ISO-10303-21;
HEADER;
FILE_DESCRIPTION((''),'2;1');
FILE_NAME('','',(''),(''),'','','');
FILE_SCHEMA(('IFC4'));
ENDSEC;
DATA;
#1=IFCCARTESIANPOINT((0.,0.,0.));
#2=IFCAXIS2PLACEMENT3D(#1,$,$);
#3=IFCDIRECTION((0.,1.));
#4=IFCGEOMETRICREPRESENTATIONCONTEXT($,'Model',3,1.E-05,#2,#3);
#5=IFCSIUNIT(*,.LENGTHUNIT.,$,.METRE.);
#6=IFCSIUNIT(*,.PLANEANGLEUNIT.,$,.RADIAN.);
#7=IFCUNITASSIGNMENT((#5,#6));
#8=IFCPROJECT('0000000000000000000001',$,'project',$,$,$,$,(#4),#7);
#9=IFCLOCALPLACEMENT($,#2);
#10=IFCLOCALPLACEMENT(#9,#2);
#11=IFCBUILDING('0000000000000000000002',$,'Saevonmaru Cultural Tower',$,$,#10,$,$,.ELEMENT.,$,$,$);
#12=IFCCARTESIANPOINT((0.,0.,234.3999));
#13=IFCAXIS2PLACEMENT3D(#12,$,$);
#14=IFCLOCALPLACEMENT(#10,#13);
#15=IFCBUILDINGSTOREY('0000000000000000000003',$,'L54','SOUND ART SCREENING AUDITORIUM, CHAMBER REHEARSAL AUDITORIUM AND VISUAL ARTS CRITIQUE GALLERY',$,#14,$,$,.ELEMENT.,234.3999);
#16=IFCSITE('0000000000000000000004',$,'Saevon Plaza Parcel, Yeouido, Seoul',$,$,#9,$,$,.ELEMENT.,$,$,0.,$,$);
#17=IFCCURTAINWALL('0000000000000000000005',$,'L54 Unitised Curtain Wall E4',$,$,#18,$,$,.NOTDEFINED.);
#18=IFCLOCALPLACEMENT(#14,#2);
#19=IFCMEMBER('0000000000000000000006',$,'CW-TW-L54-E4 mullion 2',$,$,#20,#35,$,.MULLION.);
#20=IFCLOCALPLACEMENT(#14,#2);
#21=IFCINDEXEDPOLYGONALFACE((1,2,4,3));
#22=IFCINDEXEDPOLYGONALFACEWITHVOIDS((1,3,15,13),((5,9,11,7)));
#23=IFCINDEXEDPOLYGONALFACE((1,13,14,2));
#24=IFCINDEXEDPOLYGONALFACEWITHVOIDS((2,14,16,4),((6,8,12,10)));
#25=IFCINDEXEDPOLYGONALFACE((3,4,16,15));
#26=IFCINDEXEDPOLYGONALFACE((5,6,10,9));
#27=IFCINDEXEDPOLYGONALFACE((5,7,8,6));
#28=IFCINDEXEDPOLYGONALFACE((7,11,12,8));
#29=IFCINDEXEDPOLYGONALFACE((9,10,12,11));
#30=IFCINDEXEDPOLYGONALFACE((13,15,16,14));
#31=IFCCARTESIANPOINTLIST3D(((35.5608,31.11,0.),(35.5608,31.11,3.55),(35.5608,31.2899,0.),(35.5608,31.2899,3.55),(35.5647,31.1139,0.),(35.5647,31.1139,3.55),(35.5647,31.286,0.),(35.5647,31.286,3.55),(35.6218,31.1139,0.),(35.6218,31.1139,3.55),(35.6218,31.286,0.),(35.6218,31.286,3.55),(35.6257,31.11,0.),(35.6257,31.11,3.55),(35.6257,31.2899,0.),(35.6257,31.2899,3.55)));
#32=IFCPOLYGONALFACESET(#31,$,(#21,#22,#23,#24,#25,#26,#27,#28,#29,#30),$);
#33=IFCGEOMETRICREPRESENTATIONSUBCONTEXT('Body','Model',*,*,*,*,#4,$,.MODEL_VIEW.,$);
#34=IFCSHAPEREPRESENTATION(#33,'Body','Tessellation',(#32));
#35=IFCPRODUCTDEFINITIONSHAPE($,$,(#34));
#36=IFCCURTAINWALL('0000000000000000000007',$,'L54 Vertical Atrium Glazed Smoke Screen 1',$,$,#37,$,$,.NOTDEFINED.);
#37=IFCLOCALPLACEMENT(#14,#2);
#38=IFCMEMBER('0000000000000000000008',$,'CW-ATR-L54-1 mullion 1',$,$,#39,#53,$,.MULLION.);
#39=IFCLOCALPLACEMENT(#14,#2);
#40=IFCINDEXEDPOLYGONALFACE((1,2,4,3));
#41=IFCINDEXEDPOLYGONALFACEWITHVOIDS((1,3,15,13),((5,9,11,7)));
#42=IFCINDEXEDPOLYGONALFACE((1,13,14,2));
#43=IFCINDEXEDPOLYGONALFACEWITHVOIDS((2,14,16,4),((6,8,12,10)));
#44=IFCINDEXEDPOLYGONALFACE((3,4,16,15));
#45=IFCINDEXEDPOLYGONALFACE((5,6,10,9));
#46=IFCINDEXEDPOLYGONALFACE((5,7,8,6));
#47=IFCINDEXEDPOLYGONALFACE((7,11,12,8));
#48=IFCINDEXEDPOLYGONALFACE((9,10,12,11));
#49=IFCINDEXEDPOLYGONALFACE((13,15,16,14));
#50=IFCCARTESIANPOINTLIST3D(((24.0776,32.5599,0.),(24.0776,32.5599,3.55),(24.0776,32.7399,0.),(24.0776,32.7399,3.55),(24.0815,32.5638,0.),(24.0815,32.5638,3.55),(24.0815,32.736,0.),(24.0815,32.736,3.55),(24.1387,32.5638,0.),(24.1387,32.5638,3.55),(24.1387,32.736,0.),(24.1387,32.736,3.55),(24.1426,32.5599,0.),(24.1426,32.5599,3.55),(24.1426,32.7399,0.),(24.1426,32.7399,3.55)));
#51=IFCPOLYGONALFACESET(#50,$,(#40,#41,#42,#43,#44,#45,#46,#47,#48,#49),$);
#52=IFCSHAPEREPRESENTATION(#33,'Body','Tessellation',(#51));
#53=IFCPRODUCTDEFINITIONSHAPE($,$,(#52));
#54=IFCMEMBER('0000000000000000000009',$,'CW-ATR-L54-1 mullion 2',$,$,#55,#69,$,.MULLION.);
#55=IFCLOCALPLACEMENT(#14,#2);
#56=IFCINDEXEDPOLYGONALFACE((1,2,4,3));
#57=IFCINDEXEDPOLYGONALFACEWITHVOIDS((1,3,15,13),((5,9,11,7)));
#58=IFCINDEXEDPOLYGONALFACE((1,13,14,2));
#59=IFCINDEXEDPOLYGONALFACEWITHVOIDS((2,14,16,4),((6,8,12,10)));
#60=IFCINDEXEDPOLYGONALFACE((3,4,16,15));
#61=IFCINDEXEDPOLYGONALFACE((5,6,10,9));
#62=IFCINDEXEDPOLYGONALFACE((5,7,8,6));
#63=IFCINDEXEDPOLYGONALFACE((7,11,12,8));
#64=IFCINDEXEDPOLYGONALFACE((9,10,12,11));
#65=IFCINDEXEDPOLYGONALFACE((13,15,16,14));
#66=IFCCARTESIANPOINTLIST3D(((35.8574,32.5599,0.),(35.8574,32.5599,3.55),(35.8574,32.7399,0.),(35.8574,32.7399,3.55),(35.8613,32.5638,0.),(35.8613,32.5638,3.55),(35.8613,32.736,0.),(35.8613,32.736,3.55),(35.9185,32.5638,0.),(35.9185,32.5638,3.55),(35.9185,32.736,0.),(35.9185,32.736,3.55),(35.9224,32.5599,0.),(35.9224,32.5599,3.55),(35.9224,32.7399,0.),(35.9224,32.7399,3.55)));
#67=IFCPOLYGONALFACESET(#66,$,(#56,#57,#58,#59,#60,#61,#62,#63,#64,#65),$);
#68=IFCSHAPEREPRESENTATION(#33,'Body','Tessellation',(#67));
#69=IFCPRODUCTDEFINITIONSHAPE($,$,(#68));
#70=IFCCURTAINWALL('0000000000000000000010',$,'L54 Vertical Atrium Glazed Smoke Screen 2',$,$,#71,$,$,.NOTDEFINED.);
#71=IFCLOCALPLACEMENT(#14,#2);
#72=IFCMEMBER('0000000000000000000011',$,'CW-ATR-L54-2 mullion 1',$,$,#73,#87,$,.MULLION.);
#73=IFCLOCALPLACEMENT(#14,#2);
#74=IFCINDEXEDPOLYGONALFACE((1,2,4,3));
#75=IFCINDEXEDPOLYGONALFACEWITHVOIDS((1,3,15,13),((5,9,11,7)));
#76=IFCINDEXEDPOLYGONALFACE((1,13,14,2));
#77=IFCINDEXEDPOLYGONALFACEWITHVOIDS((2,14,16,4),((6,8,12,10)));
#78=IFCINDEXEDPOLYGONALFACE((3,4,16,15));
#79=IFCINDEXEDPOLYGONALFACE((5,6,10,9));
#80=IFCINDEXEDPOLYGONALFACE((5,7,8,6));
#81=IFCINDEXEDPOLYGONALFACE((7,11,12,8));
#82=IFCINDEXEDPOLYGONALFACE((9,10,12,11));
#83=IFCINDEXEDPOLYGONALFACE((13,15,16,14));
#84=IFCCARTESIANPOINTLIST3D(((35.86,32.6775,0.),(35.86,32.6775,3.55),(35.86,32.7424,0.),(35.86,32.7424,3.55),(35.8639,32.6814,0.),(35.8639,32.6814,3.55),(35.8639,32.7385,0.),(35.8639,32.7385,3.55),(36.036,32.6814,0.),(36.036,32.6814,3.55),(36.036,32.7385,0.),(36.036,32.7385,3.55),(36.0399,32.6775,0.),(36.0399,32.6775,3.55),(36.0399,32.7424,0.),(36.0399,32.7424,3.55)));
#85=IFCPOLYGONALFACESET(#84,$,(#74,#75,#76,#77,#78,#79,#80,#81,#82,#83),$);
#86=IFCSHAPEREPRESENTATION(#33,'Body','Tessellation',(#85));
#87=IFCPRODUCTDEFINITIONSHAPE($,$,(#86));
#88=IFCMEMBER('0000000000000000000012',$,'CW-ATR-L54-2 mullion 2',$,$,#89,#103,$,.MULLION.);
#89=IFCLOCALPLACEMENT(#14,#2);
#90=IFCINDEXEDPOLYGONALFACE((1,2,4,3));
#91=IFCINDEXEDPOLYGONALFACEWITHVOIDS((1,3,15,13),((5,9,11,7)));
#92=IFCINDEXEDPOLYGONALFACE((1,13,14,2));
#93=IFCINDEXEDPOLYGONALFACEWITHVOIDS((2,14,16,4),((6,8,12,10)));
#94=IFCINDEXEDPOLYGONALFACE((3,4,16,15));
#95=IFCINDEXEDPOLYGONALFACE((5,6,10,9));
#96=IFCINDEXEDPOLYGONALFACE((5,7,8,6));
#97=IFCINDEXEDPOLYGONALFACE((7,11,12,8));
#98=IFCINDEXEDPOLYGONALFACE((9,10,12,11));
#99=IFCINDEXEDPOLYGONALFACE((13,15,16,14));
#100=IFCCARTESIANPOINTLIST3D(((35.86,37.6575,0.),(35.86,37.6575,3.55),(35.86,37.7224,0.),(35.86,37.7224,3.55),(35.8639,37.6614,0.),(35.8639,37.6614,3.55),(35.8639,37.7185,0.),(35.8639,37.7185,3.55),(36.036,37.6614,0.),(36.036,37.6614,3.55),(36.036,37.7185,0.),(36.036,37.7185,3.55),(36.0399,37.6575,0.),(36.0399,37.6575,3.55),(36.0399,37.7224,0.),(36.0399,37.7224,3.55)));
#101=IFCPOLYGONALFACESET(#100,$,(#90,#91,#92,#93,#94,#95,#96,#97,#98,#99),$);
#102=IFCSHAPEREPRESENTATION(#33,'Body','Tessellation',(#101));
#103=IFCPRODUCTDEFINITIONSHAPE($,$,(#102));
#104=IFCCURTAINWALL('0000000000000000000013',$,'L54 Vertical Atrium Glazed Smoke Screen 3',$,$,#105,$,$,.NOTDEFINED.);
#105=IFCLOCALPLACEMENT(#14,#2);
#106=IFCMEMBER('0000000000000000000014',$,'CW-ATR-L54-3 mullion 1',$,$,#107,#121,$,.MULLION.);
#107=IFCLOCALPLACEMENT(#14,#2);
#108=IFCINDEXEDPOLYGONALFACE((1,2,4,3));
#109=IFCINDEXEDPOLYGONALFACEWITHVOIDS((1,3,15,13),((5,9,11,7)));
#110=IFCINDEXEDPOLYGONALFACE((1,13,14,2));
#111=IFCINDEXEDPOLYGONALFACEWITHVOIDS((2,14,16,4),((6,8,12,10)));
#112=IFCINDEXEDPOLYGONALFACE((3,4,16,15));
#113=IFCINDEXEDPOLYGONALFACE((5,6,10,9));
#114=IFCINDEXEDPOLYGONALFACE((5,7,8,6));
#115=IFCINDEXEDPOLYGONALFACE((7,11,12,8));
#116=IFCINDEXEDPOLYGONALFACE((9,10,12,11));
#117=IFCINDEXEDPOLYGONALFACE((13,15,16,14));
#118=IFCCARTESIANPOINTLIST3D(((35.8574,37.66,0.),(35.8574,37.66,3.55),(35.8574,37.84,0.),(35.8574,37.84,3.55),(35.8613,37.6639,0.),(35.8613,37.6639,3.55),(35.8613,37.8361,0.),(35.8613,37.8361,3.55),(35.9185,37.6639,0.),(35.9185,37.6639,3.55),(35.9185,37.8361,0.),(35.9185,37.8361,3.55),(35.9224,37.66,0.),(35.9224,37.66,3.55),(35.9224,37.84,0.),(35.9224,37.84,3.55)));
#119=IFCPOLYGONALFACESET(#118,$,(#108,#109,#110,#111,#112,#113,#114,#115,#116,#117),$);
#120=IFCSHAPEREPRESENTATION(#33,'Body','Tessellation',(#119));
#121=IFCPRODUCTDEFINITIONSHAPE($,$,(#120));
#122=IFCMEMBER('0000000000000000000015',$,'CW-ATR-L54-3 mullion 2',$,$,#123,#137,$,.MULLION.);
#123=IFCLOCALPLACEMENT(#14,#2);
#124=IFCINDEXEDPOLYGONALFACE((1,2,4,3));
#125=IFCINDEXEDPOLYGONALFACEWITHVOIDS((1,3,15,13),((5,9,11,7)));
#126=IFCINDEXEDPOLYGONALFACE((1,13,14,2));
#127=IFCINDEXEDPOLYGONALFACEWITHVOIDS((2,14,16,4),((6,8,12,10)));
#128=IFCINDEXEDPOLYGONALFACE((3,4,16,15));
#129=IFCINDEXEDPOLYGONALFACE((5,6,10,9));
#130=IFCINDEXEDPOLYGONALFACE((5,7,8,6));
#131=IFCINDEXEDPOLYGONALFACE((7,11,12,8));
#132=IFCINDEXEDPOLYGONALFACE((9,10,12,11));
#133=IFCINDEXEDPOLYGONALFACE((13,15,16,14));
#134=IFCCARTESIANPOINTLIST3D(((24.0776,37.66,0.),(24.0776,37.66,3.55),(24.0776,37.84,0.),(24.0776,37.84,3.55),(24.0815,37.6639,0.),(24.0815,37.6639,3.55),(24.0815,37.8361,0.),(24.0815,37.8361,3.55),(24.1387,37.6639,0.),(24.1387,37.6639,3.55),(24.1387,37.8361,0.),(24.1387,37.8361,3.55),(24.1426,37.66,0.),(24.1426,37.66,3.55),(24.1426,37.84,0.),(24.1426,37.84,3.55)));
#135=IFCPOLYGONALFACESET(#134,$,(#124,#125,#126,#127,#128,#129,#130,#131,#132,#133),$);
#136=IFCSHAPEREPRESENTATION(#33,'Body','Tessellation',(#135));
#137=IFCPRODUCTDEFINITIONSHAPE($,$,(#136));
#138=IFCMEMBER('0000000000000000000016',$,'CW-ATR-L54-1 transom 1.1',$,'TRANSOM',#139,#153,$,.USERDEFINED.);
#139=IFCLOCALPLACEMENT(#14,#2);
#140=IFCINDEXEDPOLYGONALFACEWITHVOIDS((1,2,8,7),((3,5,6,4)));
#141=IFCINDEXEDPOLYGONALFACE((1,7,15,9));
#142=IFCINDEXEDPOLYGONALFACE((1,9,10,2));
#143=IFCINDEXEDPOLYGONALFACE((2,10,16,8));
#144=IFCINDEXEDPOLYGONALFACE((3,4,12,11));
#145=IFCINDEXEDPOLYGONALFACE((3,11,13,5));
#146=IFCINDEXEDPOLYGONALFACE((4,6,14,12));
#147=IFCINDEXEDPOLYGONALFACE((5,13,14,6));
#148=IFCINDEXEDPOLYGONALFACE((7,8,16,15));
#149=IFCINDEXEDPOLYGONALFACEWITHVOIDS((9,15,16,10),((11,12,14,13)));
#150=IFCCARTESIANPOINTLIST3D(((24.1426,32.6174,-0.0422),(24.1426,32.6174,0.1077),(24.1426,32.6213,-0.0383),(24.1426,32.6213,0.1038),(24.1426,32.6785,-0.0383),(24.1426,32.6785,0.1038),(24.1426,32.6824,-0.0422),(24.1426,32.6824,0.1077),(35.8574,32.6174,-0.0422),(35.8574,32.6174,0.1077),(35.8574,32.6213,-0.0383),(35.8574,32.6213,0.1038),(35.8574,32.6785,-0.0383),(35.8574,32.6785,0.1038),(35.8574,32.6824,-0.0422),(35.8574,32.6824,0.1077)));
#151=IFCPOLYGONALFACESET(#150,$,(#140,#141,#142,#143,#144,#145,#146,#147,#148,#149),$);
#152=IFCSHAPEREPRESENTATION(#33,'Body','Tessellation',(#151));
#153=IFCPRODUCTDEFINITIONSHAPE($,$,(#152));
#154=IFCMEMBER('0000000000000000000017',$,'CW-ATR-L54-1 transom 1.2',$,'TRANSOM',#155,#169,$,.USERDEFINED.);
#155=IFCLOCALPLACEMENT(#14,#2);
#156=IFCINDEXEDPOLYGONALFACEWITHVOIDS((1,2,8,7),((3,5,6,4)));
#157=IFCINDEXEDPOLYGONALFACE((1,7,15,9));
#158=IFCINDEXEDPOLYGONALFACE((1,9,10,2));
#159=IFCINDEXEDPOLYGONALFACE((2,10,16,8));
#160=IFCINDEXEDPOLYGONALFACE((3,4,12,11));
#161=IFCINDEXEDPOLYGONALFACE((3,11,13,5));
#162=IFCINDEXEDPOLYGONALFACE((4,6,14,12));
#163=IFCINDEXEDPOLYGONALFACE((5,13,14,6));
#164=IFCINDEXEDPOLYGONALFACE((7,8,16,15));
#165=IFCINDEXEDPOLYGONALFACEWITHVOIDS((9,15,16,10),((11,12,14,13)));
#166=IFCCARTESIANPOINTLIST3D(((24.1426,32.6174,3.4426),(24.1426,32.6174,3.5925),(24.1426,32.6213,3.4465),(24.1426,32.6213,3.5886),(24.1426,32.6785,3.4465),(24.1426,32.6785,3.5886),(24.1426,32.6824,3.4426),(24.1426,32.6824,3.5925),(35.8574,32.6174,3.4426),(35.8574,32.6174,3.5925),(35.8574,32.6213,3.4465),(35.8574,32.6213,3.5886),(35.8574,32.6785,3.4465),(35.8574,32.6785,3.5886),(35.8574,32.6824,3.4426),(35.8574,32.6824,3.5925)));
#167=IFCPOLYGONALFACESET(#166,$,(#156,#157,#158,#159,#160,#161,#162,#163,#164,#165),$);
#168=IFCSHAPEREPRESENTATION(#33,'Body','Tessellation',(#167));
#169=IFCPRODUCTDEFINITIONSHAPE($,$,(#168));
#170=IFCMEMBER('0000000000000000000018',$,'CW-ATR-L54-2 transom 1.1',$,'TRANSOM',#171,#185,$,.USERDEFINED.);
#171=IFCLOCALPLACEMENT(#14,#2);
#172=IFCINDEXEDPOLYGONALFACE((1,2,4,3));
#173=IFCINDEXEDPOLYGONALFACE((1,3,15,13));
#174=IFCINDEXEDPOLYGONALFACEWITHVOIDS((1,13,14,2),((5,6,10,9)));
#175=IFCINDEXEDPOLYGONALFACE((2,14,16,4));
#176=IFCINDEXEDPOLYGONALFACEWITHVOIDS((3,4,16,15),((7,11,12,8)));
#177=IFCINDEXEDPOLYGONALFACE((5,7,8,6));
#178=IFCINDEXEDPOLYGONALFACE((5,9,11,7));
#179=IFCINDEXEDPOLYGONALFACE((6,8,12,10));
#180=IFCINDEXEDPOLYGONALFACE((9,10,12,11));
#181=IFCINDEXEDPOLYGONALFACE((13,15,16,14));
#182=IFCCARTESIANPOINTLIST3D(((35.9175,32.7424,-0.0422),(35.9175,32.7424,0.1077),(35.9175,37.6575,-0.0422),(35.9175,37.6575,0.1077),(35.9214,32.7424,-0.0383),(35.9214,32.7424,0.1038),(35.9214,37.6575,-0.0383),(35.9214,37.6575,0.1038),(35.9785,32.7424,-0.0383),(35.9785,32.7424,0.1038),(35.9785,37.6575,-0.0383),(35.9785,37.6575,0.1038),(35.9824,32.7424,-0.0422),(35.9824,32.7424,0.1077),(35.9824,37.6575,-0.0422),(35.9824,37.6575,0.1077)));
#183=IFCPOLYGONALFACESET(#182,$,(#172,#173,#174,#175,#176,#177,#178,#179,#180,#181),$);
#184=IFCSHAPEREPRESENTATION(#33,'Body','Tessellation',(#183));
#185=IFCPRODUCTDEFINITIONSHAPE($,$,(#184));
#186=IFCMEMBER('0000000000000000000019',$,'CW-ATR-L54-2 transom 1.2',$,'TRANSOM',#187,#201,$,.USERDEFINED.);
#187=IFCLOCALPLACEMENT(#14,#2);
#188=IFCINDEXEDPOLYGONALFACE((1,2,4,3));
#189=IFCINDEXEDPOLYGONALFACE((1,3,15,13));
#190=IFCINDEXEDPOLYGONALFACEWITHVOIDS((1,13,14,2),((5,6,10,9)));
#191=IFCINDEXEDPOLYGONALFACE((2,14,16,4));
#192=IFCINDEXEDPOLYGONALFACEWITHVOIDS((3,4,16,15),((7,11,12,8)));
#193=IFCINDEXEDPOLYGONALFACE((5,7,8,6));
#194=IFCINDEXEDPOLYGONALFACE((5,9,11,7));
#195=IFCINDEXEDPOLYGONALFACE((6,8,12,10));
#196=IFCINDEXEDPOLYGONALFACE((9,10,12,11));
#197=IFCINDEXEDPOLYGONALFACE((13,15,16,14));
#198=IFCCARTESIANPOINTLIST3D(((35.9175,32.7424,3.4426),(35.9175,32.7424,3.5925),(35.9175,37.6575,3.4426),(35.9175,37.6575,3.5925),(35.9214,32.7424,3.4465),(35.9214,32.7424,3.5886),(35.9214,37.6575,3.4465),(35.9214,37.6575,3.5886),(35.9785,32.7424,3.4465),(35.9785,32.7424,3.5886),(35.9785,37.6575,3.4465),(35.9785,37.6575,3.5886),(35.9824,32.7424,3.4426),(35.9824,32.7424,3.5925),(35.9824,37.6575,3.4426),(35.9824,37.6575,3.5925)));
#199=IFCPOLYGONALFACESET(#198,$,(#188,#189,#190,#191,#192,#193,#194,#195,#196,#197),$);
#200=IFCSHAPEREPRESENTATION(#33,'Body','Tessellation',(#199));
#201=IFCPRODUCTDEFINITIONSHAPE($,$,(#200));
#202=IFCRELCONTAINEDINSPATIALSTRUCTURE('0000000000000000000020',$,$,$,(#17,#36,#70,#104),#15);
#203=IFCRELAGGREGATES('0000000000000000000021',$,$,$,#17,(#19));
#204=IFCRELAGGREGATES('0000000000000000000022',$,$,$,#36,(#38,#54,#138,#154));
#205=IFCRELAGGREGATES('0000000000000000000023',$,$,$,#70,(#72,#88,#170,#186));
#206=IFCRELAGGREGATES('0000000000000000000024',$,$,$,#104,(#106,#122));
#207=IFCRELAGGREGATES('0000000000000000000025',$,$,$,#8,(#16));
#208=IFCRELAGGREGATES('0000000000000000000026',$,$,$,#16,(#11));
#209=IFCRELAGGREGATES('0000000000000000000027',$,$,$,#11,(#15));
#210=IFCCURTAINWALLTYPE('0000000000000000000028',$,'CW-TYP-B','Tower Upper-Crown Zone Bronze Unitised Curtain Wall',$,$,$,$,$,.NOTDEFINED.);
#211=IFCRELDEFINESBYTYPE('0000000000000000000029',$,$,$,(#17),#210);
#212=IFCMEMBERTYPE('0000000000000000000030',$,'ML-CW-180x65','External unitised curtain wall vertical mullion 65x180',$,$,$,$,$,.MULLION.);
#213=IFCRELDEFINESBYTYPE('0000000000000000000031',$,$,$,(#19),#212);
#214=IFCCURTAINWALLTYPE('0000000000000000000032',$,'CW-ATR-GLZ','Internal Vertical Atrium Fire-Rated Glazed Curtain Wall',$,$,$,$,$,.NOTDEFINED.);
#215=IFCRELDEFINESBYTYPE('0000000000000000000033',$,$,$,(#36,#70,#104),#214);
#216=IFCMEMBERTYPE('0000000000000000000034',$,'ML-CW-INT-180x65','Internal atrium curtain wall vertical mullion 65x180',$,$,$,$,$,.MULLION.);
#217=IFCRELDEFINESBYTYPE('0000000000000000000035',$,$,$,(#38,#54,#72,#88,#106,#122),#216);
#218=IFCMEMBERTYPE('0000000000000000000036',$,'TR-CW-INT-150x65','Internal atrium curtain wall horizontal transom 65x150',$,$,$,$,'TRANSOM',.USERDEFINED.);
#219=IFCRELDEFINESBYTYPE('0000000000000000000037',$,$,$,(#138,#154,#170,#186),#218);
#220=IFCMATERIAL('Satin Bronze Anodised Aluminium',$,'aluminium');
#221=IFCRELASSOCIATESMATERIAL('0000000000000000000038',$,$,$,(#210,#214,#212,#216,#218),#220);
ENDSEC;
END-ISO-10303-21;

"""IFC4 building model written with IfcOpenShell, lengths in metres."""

from ifc_helpers import new_model, si_unit, direction, frame, origin, origin_2d, place, context, subcontext, project, spatial, hollow_rectangle, extrude, material, material_profile, profile_set, type_object, element, aggregate, save


model = new_model("IFC4")

# Units and contexts
model_context = context("Model", 3, precision=1e-05, world=origin(), true_north=direction((0.0, 1.0)))
body_context = subcontext(model_context, "Body", "Model", "MODEL_VIEW")
ifc_project = project(units=[si_unit("LENGTHUNIT", "METRE"), si_unit("PLANEANGLEUNIT", "RADIAN")], contexts=[model_context])

# Site, building, storey
site_placement = place(None, origin())
site = spatial("IfcSite", under=ifc_project, at=site_placement, Name="Saevon Plaza Parcel, Yeouido, Seoul", CompositionType="ELEMENT", RefElevation=0.0)
building_placement = place(site_placement, origin())
building = spatial("IfcBuilding", under=site, at=building_placement, Name="Saevonmaru Cultural Tower", CompositionType="ELEMENT")
storey_placement = place(building_placement, frame((0.0, 0.0, 234.3999)))
storey = spatial("IfcBuildingStorey", under=building, at=storey_placement, Name="L54", Description="SOUND ART SCREENING AUDITORIUM, CHAMBER REHEARSAL AUDITORIUM AND VISUAL ARTS CRITIQUE GALLERY", CompositionType="ELEMENT", Elevation=234.3999)

# Curtain wall, member
ifc_material_1 = material(Name="Satin Bronze Anodised Aluminium", Category="aluminium")
curtain_wall_type_1 = type_object("IfcCurtainWallType", Name="CW-TYP-B", Description="Tower Upper-Crown Zone Bronze Unitised Curtain Wall", PredefinedType="NOTDEFINED", material=ifc_material_1)
curtain_wall_1_placement = place(storey_placement, origin())
curtain_wall_1 = element("IfcCurtainWall", 1, at=curtain_wall_1_placement, inside=storey, type_object=curtain_wall_type_1, Name="L54 Unitised Curtain Wall E4", PredefinedType="NOTDEFINED")
ifc_material_profile_1 = material_profile(ifc_material_1, hollow_rectangle(XDim=0.0649, YDim=0.1799, WallThickness=0.0039, at=origin_2d()), Name="ALU-MULL-180x65x4")
ifc_profile_set_1 = profile_set([ifc_material_profile_1], Name="Satin Bronze Anodised Aluminium")
member_type_1 = type_object("IfcMemberType", Name="ML-CW-180x65", Description="External unitised curtain wall vertical mullion 65x180", PredefinedType="MULLION", material=ifc_profile_set_1)
member_1_placement = place(storey_placement, frame((35.5933, 31.2, 0.0), z_axis=(0.0, 0.0, 1.0), x_axis=(1.0, 0.0, 0.0)))
member_1 = element("IfcMember", 2, at=member_1_placement, type_object=member_type_1, Name="CW-TW-L54-E4 mullion 2", PredefinedType="MULLION", context=body_context, shape_type="SweptSolid", body=[
    extrude(hollow_rectangle(XDim=0.0649, YDim=0.1799, WallThickness=0.0039, at=origin_2d()), origin(), (0.0, 0.0, 1.0), 3.55),
])
aggregate(curtain_wall_1, [member_1])

# Curtain walls, members
curtain_wall_type_2 = type_object("IfcCurtainWallType", Name="CW-ATR-GLZ", Description="Internal Vertical Atrium Fire-Rated Glazed Curtain Wall", PredefinedType="NOTDEFINED", material=ifc_material_1)
curtain_wall_2_placement = place(storey_placement, origin())
curtain_wall_2 = element("IfcCurtainWall", 3, at=curtain_wall_2_placement, inside=storey, type_object=curtain_wall_type_2, Name="L54 Vertical Atrium Glazed Smoke Screen 1", PredefinedType="NOTDEFINED")
ifc_material_profile_2 = material_profile(ifc_material_1, hollow_rectangle(XDim=0.0649, YDim=0.1799, WallThickness=0.0039, at=origin_2d()), Name="ALU-MULL-180x65x4")
ifc_profile_set_2 = profile_set([ifc_material_profile_2], Name="Satin Bronze Anodised Aluminium")
member_type_2 = type_object("IfcMemberType", Name="ML-CW-INT-180x65", Description="Internal atrium curtain wall vertical mullion 65x180", PredefinedType="MULLION", material=ifc_profile_set_2)
member_2_placement = place(storey_placement, frame((24.1101, 32.6499, 0.0), z_axis=(0.0, 0.0, 1.0), x_axis=(1.0, 0.0, 0.0)))
member_2 = element("IfcMember", 4, at=member_2_placement, type_object=member_type_2, Name="CW-ATR-L54-1 mullion 1", PredefinedType="MULLION", context=body_context, shape_type="SweptSolid", body=[
    extrude(hollow_rectangle(XDim=0.0649, YDim=0.1799, WallThickness=0.0039, at=origin_2d()), origin(), (0.0, 0.0, 1.0), 3.55),
])
member_3_placement = place(storey_placement, frame((35.8899, 32.6499, 0.0), z_axis=(0.0, 0.0, 1.0), x_axis=(1.0, 0.0, 0.0)))
member_3 = element("IfcMember", 5, at=member_3_placement, type_object=member_type_2, Name="CW-ATR-L54-1 mullion 2", PredefinedType="MULLION", context=body_context, shape_type="SweptSolid", body=[
    extrude(hollow_rectangle(XDim=0.0649, YDim=0.1799, WallThickness=0.0039, at=origin_2d()), origin(), (0.0, 0.0, 1.0), 3.55),
])
curtain_wall_3_placement = place(storey_placement, origin())
curtain_wall_3 = element("IfcCurtainWall", 6, at=curtain_wall_3_placement, inside=storey, type_object=curtain_wall_type_2, Name="L54 Vertical Atrium Glazed Smoke Screen 2", PredefinedType="NOTDEFINED")
member_4_placement = place(storey_placement, frame((35.95, 32.71, 0.0), z_axis=(0.0, 0.0, 1.0), x_axis=(0.0, 1.0, 0.0)))
member_4 = element("IfcMember", 7, at=member_4_placement, type_object=member_type_2, Name="CW-ATR-L54-2 mullion 1", PredefinedType="MULLION", context=body_context, shape_type="SweptSolid", body=[
    extrude(hollow_rectangle(XDim=0.0649, YDim=0.1799, WallThickness=0.0039, at=origin_2d()), origin(), (0.0, 0.0, 1.0), 3.55),
])
member_5_placement = place(storey_placement, frame((35.95, 37.6899, 0.0), z_axis=(0.0, 0.0, 1.0), x_axis=(0.0, 1.0, 0.0)))
member_5 = element("IfcMember", 8, at=member_5_placement, type_object=member_type_2, Name="CW-ATR-L54-2 mullion 2", PredefinedType="MULLION", context=body_context, shape_type="SweptSolid", body=[
    extrude(hollow_rectangle(XDim=0.0649, YDim=0.1799, WallThickness=0.0039, at=origin_2d()), origin(), (0.0, 0.0, 1.0), 3.55),
])
curtain_wall_4_placement = place(storey_placement, origin())
curtain_wall_4 = element("IfcCurtainWall", 9, at=curtain_wall_4_placement, inside=storey, type_object=curtain_wall_type_2, Name="L54 Vertical Atrium Glazed Smoke Screen 3", PredefinedType="NOTDEFINED")
member_6_placement = place(storey_placement, frame((35.8899, 37.75, 0.0), z_axis=(0.0, 0.0, 1.0), x_axis=(-1.0, 0.0, 0.0)))
member_6 = element("IfcMember", 10, at=member_6_placement, type_object=member_type_2, Name="CW-ATR-L54-3 mullion 1", PredefinedType="MULLION", context=body_context, shape_type="SweptSolid", body=[
    extrude(hollow_rectangle(XDim=0.0649, YDim=0.1799, WallThickness=0.0039, at=origin_2d()), origin(), (0.0, 0.0, 1.0), 3.55),
])
member_7_placement = place(storey_placement, frame((24.1101, 37.75, 0.0), z_axis=(0.0, 0.0, 1.0), x_axis=(-1.0, 0.0, 0.0)))
member_7 = element("IfcMember", 11, at=member_7_placement, type_object=member_type_2, Name="CW-ATR-L54-3 mullion 2", PredefinedType="MULLION", context=body_context, shape_type="SweptSolid", body=[
    extrude(hollow_rectangle(XDim=0.0649, YDim=0.1799, WallThickness=0.0039, at=origin_2d()), origin(), (0.0, 0.0, 1.0), 3.55),
])

# Members
ifc_material_profile_3 = material_profile(ifc_material_1, hollow_rectangle(XDim=0.0649, YDim=0.1499, WallThickness=0.0039, at=origin_2d()), Name="ALU-TRAN-150x65x4")
ifc_profile_set_3 = profile_set([ifc_material_profile_3], Name="Satin Bronze Anodised Aluminium")
member_type_3 = type_object("IfcMemberType", Name="TR-CW-INT-150x65", Description="Internal atrium curtain wall horizontal transom 65x150", ElementType="TRANSOM", PredefinedType="USERDEFINED", material=ifc_profile_set_3)
member_8_placement = place(storey_placement, frame((24.1426, 32.6499, 0.0327), z_axis=(1.0, 0.0, 0.0), x_axis=(0.0, 1.0, 0.0)))
member_8 = element("IfcMember", 12, at=member_8_placement, type_object=member_type_3, Name="CW-ATR-L54-1 transom 1.1", ObjectType="TRANSOM", PredefinedType="USERDEFINED", context=body_context, shape_type="SweptSolid", body=[
    extrude(hollow_rectangle(XDim=0.0649, YDim=0.1499, WallThickness=0.0039, at=origin_2d()), origin(), (0.0, 0.0, 1.0), 11.7148),
])
member_9_placement = place(storey_placement, frame((24.1426, 32.6499, 3.5176), z_axis=(1.0, 0.0, 0.0), x_axis=(0.0, 1.0, 0.0)))
member_9 = element("IfcMember", 13, at=member_9_placement, type_object=member_type_3, Name="CW-ATR-L54-1 transom 1.2", ObjectType="TRANSOM", PredefinedType="USERDEFINED", context=body_context, shape_type="SweptSolid", body=[
    extrude(hollow_rectangle(XDim=0.0649, YDim=0.1499, WallThickness=0.0039, at=origin_2d()), origin(), (0.0, 0.0, 1.0), 11.7148),
])
member_10_placement = place(storey_placement, frame((35.95, 32.7424, 0.0327), z_axis=(0.0, 1.0, 0.0), x_axis=(-1.0, 0.0, 0.0)))
member_10 = element("IfcMember", 14, at=member_10_placement, type_object=member_type_3, Name="CW-ATR-L54-2 transom 1.1", ObjectType="TRANSOM", PredefinedType="USERDEFINED", context=body_context, shape_type="SweptSolid", body=[
    extrude(hollow_rectangle(XDim=0.0649, YDim=0.1499, WallThickness=0.0039, at=origin_2d()), origin(), (0.0, 0.0, 1.0), 4.915),
])
member_11_placement = place(storey_placement, frame((35.95, 32.7424, 3.5176), z_axis=(0.0, 1.0, 0.0), x_axis=(-1.0, 0.0, 0.0)))
member_11 = element("IfcMember", 15, at=member_11_placement, type_object=member_type_3, Name="CW-ATR-L54-2 transom 1.2", ObjectType="TRANSOM", PredefinedType="USERDEFINED", context=body_context, shape_type="SweptSolid", body=[
    extrude(hollow_rectangle(XDim=0.0649, YDim=0.1499, WallThickness=0.0039, at=origin_2d()), origin(), (0.0, 0.0, 1.0), 4.915),
])

aggregate(curtain_wall_2, [member_2, member_3, member_8, member_9])
aggregate(curtain_wall_3, [member_4, member_5, member_10, member_11])
aggregate(curtain_wall_4, [member_6, member_7])

save(model, "model.ifc")
